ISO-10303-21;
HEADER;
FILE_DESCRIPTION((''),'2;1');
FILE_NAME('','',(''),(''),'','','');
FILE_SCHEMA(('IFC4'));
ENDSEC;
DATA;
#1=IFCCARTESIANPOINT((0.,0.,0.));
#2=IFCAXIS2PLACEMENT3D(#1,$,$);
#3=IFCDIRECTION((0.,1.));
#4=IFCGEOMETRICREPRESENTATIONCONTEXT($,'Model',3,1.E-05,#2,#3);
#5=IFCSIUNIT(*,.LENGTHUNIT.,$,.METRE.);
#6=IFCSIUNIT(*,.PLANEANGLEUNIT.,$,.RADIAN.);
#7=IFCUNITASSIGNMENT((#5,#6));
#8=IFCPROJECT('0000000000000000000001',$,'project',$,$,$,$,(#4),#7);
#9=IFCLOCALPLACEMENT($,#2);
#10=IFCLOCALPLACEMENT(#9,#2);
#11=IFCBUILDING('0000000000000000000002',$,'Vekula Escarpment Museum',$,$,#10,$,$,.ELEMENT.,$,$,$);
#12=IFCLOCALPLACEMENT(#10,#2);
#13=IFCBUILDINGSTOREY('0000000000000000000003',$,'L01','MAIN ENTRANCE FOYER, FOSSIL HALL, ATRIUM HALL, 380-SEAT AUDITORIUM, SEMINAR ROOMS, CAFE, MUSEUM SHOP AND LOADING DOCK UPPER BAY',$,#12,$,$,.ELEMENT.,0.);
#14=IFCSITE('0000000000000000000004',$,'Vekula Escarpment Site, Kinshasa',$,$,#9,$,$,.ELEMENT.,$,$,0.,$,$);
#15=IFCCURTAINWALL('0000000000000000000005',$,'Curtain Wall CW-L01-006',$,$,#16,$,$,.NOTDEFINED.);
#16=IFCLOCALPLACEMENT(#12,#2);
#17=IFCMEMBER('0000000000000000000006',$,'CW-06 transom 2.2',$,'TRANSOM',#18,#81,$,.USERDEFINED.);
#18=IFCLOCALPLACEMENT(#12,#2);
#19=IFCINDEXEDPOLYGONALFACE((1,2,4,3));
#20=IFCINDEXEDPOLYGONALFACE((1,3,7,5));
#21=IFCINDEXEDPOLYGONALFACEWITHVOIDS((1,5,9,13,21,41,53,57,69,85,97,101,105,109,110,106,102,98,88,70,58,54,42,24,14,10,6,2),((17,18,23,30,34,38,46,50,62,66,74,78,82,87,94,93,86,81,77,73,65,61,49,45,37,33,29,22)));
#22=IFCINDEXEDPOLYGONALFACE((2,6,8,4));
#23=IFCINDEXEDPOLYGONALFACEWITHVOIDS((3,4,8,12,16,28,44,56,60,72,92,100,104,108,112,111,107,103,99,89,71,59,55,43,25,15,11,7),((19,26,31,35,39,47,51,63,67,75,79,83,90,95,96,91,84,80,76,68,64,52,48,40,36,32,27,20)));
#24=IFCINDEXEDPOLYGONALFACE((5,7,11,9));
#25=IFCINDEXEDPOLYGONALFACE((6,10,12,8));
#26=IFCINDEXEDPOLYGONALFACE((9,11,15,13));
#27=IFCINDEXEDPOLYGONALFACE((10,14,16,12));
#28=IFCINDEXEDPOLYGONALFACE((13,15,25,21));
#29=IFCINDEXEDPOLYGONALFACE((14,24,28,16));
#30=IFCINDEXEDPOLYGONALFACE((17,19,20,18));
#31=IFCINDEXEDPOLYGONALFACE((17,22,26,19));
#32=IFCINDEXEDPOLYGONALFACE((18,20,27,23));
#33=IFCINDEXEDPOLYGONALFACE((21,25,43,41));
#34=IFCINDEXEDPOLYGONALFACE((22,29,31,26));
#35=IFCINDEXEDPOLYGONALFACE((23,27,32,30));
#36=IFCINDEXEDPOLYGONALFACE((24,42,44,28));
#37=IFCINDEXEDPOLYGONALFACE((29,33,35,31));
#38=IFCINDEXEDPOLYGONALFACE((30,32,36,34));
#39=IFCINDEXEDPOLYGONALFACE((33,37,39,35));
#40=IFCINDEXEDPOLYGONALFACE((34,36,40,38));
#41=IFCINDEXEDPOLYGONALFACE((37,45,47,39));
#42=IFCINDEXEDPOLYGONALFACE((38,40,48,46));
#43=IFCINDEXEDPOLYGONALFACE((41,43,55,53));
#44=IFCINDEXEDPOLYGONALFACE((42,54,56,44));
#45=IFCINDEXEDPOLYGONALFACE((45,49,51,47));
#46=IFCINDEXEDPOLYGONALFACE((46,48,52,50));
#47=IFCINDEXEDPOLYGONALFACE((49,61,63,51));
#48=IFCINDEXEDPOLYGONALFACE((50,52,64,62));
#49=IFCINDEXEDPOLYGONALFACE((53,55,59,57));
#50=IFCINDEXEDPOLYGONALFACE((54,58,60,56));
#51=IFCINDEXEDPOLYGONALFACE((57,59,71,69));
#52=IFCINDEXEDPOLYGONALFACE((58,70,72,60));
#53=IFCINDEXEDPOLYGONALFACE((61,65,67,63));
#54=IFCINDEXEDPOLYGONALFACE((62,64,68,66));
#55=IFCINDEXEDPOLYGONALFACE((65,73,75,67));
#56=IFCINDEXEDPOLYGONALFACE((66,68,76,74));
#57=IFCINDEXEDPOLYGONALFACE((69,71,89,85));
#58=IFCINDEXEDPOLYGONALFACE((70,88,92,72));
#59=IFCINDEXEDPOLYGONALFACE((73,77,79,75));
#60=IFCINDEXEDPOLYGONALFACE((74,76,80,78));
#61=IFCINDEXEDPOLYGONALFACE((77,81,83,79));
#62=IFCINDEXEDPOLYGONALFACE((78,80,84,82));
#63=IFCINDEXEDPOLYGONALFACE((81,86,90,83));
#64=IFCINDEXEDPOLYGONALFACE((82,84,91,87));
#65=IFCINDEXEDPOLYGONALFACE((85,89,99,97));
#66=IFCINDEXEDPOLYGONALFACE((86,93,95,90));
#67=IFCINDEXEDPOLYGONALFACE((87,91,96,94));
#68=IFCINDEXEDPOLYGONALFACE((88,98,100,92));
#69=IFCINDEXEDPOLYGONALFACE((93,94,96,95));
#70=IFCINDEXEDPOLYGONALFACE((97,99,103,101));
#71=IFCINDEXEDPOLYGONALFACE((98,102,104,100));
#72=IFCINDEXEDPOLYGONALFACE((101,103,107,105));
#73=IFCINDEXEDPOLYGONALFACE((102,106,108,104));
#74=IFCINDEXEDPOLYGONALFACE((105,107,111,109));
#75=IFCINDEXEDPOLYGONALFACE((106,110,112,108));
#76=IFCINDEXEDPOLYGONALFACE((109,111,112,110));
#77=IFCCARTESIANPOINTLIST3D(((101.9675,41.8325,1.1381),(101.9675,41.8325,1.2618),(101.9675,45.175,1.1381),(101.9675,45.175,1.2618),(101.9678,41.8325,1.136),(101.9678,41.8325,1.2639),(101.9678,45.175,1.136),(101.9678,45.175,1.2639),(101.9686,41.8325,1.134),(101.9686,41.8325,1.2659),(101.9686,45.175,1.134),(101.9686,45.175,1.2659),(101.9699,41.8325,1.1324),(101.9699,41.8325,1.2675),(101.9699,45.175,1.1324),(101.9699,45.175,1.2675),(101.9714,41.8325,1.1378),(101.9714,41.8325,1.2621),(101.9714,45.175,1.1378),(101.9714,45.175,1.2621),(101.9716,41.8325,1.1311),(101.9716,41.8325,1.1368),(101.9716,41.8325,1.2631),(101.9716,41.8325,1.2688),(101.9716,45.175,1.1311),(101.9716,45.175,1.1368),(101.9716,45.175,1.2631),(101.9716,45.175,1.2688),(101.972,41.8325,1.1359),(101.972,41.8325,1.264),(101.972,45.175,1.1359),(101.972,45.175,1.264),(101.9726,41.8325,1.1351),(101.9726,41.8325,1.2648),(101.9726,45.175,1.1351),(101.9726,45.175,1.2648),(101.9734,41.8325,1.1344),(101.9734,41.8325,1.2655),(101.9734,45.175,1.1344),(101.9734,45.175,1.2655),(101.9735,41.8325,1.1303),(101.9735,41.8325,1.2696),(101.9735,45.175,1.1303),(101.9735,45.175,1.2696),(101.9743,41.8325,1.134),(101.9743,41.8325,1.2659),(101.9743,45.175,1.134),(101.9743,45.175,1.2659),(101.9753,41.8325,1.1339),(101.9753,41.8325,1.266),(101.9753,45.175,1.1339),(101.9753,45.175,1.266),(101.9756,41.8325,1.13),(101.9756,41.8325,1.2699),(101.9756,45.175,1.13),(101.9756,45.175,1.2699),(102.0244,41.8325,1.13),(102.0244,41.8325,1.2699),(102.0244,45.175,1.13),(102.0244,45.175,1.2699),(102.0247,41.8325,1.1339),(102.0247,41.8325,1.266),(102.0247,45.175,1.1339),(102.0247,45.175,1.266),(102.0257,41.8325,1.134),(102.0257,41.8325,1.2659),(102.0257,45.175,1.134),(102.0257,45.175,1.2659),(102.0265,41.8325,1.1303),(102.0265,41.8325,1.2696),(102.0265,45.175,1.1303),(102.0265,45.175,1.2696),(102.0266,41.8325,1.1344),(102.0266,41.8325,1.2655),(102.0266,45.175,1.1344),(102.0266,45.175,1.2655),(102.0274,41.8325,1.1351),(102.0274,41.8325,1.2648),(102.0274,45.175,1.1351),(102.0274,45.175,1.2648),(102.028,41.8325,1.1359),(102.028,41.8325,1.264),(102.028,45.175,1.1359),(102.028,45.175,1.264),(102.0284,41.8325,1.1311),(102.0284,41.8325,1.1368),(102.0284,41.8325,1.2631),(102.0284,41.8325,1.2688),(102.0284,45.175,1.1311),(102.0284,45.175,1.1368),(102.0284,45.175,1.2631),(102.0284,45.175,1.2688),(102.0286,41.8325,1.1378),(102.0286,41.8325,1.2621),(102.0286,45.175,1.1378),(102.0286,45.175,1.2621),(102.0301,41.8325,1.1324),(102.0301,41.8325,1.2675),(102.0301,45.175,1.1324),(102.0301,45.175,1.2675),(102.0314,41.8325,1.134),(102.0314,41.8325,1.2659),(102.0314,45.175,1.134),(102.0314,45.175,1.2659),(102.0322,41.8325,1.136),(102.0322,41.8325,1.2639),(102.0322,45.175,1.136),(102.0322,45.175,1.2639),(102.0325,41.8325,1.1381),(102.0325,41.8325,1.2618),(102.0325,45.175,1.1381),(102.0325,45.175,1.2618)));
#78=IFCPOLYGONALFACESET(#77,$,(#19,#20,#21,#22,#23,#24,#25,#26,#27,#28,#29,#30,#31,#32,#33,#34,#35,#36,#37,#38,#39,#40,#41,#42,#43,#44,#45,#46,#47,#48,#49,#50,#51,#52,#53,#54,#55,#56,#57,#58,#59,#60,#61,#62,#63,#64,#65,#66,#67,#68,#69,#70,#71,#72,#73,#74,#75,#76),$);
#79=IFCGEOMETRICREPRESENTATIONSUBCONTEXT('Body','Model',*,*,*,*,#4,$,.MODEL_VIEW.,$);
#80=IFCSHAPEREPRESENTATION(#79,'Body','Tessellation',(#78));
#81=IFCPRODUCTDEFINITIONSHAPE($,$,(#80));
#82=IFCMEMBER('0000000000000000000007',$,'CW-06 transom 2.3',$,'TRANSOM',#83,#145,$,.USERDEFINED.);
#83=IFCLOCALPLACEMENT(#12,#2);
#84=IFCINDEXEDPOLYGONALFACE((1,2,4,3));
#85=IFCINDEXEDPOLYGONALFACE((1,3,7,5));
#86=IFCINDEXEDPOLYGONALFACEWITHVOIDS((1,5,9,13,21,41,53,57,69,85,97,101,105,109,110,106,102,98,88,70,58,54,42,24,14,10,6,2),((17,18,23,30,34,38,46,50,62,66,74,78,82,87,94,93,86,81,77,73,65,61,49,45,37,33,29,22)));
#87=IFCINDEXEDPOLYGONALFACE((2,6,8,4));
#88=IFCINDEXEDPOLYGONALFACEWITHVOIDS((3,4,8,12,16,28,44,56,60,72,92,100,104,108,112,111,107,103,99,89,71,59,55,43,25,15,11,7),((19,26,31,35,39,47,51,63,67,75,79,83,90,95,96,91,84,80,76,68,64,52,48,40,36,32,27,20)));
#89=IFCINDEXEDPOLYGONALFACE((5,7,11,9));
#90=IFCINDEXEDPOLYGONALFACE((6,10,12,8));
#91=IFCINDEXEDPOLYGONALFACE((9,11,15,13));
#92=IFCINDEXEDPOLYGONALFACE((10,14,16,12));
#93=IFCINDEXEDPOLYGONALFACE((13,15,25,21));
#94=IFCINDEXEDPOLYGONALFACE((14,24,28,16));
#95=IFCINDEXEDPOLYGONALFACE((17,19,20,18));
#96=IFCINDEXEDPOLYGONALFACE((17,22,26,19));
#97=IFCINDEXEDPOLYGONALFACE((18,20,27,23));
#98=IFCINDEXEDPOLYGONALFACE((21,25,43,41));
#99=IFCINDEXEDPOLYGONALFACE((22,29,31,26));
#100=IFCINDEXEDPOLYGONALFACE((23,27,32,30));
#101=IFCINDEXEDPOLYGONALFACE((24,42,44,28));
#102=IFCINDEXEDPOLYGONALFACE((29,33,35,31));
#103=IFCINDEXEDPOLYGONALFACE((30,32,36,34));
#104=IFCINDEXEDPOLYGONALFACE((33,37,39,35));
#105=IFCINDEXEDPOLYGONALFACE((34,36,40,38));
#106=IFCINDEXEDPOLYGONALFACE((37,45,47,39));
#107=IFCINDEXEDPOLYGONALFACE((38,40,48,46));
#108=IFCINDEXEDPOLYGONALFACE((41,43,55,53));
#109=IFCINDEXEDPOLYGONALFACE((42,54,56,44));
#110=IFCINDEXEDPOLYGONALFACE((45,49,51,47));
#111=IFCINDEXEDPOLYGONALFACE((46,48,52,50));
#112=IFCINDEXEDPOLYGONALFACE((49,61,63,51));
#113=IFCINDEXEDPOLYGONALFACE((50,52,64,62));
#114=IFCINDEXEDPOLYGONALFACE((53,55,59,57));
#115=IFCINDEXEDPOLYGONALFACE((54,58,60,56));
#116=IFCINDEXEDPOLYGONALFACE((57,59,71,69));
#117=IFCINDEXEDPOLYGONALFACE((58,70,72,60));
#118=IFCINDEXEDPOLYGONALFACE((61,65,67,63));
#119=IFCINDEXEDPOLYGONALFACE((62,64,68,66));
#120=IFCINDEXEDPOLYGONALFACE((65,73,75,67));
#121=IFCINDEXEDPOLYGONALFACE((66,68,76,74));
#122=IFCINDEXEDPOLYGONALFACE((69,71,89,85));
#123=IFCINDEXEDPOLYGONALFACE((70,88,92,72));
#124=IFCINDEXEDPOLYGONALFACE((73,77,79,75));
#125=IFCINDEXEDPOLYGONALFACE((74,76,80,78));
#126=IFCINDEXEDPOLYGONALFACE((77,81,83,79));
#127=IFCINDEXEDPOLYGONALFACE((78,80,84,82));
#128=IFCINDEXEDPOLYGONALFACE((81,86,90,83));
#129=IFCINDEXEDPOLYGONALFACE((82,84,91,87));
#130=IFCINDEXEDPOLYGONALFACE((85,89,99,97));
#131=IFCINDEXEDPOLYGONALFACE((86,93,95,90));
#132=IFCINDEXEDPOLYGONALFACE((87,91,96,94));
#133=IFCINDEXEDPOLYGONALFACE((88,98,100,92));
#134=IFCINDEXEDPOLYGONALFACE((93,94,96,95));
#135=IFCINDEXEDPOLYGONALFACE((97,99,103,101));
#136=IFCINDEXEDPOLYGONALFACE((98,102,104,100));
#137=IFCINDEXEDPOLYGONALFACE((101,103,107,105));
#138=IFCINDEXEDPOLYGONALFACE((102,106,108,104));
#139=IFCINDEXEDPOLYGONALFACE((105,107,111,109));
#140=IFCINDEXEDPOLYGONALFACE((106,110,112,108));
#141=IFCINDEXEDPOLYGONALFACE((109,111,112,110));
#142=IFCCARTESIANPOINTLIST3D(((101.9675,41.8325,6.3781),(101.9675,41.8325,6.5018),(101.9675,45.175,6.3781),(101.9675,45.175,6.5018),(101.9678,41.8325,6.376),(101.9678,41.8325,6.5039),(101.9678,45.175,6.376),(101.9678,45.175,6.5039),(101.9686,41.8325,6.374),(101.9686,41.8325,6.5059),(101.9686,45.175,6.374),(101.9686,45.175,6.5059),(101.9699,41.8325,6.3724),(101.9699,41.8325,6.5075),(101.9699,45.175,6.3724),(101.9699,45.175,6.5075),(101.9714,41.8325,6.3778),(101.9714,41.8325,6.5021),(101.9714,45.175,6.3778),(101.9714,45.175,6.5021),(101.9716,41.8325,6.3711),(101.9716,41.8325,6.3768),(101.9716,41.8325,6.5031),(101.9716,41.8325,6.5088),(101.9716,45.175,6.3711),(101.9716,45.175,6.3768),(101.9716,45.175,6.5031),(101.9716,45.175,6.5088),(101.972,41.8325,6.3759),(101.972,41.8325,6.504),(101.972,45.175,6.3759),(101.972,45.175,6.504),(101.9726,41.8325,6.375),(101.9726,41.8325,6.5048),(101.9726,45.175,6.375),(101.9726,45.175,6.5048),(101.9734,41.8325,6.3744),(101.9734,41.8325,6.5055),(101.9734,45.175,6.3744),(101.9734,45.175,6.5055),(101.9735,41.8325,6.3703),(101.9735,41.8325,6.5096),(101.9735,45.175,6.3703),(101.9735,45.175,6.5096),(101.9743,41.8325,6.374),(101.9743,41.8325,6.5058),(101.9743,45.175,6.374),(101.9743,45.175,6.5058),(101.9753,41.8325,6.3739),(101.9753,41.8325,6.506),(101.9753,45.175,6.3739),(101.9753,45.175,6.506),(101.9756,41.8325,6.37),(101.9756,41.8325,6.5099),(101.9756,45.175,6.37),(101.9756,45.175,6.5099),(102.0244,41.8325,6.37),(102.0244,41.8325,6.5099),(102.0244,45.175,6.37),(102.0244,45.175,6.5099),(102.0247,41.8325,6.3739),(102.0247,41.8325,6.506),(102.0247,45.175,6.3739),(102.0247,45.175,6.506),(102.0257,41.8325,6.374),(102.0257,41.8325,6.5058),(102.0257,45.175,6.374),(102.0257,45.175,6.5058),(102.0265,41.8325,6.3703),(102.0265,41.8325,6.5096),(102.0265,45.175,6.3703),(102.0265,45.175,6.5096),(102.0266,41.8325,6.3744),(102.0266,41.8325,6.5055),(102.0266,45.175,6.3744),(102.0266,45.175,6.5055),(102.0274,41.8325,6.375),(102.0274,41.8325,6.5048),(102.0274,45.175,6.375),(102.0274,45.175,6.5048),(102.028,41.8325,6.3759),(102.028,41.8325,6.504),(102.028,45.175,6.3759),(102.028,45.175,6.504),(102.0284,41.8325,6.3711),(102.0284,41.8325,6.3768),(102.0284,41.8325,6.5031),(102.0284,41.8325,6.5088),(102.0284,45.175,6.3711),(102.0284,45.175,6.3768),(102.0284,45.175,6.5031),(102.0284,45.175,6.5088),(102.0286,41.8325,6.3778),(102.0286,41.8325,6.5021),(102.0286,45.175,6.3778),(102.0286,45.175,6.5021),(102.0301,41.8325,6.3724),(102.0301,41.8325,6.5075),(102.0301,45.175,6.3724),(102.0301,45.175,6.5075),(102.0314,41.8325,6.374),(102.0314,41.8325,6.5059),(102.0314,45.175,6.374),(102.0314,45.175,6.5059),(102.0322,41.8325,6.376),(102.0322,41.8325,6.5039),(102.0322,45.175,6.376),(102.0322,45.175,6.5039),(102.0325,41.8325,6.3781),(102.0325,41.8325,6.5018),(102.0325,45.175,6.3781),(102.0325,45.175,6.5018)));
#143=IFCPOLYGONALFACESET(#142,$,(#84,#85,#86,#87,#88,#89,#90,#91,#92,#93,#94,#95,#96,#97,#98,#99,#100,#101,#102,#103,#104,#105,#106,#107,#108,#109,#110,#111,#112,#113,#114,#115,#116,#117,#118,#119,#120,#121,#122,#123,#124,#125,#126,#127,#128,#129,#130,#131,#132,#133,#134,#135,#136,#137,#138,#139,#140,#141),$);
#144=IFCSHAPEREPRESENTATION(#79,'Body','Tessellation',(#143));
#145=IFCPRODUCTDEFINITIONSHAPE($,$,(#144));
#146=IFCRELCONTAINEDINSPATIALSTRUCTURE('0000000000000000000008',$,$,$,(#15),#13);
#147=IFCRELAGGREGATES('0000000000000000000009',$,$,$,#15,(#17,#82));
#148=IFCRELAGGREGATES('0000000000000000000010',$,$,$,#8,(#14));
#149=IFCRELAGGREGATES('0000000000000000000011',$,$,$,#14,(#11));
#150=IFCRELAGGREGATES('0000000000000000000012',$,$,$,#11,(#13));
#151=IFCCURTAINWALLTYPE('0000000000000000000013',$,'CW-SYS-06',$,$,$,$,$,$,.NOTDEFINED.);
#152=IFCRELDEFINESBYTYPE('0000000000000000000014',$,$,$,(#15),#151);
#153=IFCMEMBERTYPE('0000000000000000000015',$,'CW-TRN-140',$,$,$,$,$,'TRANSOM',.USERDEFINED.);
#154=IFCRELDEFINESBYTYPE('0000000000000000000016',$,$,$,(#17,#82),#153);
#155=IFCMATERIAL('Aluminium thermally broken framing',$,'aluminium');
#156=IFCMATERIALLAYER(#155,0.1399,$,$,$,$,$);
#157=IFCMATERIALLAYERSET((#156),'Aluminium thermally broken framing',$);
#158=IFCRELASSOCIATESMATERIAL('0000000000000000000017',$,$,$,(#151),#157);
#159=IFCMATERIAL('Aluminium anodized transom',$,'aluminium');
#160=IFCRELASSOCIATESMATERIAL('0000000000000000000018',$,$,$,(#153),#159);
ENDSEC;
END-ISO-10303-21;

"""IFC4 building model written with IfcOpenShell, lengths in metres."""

from ifc_helpers import new_model, si_unit, direction, frame, origin, origin_2d, place, context, subcontext, project, spatial, hollow_rectangle, extrude, material, layer, layer_set, material_profile, profile_set, type_object, element, aggregate, save


model = new_model("IFC4")

# Units and contexts
model_context = context("Model", 3, precision=1e-05, world=origin(), true_north=direction((0.0, 1.0)))
body_context = subcontext(model_context, "Body", "Model", "MODEL_VIEW")
ifc_project = project(units=[si_unit("LENGTHUNIT", "METRE"), si_unit("PLANEANGLEUNIT", "RADIAN")], contexts=[model_context])

# Site, building, storey
site_placement = place(None, origin())
site = spatial("IfcSite", under=ifc_project, at=site_placement, Name="Vekula Escarpment Site, Kinshasa", CompositionType="ELEMENT", RefElevation=0.0)
building_placement = place(site_placement, origin())
building = spatial("IfcBuilding", under=site, at=building_placement, Name="Vekula Escarpment Museum", CompositionType="ELEMENT")
storey_placement = place(building_placement, origin())
storey = spatial("IfcBuildingStorey", under=building, at=storey_placement, Name="L01", Description="MAIN ENTRANCE FOYER, FOSSIL HALL, ATRIUM HALL, 380-SEAT AUDITORIUM, SEMINAR ROOMS, CAFE, MUSEUM SHOP AND LOADING DOCK UPPER BAY", CompositionType="ELEMENT", Elevation=0.0)

# Curtain wall, members
ifc_material_1 = material(Name="Aluminium thermally broken framing", Category="aluminium")
ifc_layer_1 = layer(ifc_material_1, 0.1399)
ifc_layer_set_1 = layer_set([ifc_layer_1], Name="Aluminium thermally broken framing")
curtain_wall_type = type_object("IfcCurtainWallType", Name="CW-SYS-06", PredefinedType="NOTDEFINED", material=ifc_layer_set_1)
curtain_wall_placement = place(storey_placement, origin())
curtain_wall = element("IfcCurtainWall", 1, at=curtain_wall_placement, inside=storey, type_object=curtain_wall_type, Name="Curtain Wall CW-L01-006", PredefinedType="NOTDEFINED")
ifc_material_2 = material(Name="Aluminium anodized transom", Category="aluminium")
ifc_material_profile_1 = material_profile(ifc_material_2, hollow_rectangle(XDim=0.0649, YDim=0.1399, WallThickness=0.0039, InnerFilletRadius=0.0039, OuterFilletRadius=0.0081, at=origin_2d()), Name="ALU 140x65x4")
ifc_profile_set_1 = profile_set([ifc_material_profile_1], Name="Aluminium anodized transom")
member_type_1 = type_object("IfcMemberType", Name="CW-TRN-140", ElementType="TRANSOM", PredefinedType="USERDEFINED", material=ifc_profile_set_1)
member_1_placement = place(storey_placement, frame((102.0, 41.8325, 1.2), z_axis=(0.0, 1.0, 0.0), x_axis=(-1.0, 0.0, 0.0)))
member_1 = element("IfcMember", 2, at=member_1_placement, type_object=member_type_1, Name="CW-06 transom 2.2", ObjectType="TRANSOM", PredefinedType="USERDEFINED", context=body_context, shape_type="SweptSolid", body=[
    extrude(hollow_rectangle(XDim=0.0649, YDim=0.1399, WallThickness=0.0039, InnerFilletRadius=0.0039, OuterFilletRadius=0.0081, at=origin_2d()), origin(), (0.0, 0.0, 1.0), 3.3425),
])
member_2_placement = place(storey_placement, frame((102.0, 41.8325, 6.4399), z_axis=(0.0, 1.0, 0.0), x_axis=(-1.0, 0.0, 0.0)))
member_2 = element("IfcMember", 3, at=member_2_placement, type_object=member_type_1, Name="CW-06 transom 2.3", ObjectType="TRANSOM", PredefinedType="USERDEFINED", context=body_context, shape_type="SweptSolid", body=[
    extrude(hollow_rectangle(XDim=0.0649, YDim=0.1399, WallThickness=0.0039, InnerFilletRadius=0.0039, OuterFilletRadius=0.0081, at=origin_2d()), origin(), (0.0, 0.0, 1.0), 3.3425),
])

aggregate(curtain_wall, [member_1, member_2])

save(model, "model.ifc")
